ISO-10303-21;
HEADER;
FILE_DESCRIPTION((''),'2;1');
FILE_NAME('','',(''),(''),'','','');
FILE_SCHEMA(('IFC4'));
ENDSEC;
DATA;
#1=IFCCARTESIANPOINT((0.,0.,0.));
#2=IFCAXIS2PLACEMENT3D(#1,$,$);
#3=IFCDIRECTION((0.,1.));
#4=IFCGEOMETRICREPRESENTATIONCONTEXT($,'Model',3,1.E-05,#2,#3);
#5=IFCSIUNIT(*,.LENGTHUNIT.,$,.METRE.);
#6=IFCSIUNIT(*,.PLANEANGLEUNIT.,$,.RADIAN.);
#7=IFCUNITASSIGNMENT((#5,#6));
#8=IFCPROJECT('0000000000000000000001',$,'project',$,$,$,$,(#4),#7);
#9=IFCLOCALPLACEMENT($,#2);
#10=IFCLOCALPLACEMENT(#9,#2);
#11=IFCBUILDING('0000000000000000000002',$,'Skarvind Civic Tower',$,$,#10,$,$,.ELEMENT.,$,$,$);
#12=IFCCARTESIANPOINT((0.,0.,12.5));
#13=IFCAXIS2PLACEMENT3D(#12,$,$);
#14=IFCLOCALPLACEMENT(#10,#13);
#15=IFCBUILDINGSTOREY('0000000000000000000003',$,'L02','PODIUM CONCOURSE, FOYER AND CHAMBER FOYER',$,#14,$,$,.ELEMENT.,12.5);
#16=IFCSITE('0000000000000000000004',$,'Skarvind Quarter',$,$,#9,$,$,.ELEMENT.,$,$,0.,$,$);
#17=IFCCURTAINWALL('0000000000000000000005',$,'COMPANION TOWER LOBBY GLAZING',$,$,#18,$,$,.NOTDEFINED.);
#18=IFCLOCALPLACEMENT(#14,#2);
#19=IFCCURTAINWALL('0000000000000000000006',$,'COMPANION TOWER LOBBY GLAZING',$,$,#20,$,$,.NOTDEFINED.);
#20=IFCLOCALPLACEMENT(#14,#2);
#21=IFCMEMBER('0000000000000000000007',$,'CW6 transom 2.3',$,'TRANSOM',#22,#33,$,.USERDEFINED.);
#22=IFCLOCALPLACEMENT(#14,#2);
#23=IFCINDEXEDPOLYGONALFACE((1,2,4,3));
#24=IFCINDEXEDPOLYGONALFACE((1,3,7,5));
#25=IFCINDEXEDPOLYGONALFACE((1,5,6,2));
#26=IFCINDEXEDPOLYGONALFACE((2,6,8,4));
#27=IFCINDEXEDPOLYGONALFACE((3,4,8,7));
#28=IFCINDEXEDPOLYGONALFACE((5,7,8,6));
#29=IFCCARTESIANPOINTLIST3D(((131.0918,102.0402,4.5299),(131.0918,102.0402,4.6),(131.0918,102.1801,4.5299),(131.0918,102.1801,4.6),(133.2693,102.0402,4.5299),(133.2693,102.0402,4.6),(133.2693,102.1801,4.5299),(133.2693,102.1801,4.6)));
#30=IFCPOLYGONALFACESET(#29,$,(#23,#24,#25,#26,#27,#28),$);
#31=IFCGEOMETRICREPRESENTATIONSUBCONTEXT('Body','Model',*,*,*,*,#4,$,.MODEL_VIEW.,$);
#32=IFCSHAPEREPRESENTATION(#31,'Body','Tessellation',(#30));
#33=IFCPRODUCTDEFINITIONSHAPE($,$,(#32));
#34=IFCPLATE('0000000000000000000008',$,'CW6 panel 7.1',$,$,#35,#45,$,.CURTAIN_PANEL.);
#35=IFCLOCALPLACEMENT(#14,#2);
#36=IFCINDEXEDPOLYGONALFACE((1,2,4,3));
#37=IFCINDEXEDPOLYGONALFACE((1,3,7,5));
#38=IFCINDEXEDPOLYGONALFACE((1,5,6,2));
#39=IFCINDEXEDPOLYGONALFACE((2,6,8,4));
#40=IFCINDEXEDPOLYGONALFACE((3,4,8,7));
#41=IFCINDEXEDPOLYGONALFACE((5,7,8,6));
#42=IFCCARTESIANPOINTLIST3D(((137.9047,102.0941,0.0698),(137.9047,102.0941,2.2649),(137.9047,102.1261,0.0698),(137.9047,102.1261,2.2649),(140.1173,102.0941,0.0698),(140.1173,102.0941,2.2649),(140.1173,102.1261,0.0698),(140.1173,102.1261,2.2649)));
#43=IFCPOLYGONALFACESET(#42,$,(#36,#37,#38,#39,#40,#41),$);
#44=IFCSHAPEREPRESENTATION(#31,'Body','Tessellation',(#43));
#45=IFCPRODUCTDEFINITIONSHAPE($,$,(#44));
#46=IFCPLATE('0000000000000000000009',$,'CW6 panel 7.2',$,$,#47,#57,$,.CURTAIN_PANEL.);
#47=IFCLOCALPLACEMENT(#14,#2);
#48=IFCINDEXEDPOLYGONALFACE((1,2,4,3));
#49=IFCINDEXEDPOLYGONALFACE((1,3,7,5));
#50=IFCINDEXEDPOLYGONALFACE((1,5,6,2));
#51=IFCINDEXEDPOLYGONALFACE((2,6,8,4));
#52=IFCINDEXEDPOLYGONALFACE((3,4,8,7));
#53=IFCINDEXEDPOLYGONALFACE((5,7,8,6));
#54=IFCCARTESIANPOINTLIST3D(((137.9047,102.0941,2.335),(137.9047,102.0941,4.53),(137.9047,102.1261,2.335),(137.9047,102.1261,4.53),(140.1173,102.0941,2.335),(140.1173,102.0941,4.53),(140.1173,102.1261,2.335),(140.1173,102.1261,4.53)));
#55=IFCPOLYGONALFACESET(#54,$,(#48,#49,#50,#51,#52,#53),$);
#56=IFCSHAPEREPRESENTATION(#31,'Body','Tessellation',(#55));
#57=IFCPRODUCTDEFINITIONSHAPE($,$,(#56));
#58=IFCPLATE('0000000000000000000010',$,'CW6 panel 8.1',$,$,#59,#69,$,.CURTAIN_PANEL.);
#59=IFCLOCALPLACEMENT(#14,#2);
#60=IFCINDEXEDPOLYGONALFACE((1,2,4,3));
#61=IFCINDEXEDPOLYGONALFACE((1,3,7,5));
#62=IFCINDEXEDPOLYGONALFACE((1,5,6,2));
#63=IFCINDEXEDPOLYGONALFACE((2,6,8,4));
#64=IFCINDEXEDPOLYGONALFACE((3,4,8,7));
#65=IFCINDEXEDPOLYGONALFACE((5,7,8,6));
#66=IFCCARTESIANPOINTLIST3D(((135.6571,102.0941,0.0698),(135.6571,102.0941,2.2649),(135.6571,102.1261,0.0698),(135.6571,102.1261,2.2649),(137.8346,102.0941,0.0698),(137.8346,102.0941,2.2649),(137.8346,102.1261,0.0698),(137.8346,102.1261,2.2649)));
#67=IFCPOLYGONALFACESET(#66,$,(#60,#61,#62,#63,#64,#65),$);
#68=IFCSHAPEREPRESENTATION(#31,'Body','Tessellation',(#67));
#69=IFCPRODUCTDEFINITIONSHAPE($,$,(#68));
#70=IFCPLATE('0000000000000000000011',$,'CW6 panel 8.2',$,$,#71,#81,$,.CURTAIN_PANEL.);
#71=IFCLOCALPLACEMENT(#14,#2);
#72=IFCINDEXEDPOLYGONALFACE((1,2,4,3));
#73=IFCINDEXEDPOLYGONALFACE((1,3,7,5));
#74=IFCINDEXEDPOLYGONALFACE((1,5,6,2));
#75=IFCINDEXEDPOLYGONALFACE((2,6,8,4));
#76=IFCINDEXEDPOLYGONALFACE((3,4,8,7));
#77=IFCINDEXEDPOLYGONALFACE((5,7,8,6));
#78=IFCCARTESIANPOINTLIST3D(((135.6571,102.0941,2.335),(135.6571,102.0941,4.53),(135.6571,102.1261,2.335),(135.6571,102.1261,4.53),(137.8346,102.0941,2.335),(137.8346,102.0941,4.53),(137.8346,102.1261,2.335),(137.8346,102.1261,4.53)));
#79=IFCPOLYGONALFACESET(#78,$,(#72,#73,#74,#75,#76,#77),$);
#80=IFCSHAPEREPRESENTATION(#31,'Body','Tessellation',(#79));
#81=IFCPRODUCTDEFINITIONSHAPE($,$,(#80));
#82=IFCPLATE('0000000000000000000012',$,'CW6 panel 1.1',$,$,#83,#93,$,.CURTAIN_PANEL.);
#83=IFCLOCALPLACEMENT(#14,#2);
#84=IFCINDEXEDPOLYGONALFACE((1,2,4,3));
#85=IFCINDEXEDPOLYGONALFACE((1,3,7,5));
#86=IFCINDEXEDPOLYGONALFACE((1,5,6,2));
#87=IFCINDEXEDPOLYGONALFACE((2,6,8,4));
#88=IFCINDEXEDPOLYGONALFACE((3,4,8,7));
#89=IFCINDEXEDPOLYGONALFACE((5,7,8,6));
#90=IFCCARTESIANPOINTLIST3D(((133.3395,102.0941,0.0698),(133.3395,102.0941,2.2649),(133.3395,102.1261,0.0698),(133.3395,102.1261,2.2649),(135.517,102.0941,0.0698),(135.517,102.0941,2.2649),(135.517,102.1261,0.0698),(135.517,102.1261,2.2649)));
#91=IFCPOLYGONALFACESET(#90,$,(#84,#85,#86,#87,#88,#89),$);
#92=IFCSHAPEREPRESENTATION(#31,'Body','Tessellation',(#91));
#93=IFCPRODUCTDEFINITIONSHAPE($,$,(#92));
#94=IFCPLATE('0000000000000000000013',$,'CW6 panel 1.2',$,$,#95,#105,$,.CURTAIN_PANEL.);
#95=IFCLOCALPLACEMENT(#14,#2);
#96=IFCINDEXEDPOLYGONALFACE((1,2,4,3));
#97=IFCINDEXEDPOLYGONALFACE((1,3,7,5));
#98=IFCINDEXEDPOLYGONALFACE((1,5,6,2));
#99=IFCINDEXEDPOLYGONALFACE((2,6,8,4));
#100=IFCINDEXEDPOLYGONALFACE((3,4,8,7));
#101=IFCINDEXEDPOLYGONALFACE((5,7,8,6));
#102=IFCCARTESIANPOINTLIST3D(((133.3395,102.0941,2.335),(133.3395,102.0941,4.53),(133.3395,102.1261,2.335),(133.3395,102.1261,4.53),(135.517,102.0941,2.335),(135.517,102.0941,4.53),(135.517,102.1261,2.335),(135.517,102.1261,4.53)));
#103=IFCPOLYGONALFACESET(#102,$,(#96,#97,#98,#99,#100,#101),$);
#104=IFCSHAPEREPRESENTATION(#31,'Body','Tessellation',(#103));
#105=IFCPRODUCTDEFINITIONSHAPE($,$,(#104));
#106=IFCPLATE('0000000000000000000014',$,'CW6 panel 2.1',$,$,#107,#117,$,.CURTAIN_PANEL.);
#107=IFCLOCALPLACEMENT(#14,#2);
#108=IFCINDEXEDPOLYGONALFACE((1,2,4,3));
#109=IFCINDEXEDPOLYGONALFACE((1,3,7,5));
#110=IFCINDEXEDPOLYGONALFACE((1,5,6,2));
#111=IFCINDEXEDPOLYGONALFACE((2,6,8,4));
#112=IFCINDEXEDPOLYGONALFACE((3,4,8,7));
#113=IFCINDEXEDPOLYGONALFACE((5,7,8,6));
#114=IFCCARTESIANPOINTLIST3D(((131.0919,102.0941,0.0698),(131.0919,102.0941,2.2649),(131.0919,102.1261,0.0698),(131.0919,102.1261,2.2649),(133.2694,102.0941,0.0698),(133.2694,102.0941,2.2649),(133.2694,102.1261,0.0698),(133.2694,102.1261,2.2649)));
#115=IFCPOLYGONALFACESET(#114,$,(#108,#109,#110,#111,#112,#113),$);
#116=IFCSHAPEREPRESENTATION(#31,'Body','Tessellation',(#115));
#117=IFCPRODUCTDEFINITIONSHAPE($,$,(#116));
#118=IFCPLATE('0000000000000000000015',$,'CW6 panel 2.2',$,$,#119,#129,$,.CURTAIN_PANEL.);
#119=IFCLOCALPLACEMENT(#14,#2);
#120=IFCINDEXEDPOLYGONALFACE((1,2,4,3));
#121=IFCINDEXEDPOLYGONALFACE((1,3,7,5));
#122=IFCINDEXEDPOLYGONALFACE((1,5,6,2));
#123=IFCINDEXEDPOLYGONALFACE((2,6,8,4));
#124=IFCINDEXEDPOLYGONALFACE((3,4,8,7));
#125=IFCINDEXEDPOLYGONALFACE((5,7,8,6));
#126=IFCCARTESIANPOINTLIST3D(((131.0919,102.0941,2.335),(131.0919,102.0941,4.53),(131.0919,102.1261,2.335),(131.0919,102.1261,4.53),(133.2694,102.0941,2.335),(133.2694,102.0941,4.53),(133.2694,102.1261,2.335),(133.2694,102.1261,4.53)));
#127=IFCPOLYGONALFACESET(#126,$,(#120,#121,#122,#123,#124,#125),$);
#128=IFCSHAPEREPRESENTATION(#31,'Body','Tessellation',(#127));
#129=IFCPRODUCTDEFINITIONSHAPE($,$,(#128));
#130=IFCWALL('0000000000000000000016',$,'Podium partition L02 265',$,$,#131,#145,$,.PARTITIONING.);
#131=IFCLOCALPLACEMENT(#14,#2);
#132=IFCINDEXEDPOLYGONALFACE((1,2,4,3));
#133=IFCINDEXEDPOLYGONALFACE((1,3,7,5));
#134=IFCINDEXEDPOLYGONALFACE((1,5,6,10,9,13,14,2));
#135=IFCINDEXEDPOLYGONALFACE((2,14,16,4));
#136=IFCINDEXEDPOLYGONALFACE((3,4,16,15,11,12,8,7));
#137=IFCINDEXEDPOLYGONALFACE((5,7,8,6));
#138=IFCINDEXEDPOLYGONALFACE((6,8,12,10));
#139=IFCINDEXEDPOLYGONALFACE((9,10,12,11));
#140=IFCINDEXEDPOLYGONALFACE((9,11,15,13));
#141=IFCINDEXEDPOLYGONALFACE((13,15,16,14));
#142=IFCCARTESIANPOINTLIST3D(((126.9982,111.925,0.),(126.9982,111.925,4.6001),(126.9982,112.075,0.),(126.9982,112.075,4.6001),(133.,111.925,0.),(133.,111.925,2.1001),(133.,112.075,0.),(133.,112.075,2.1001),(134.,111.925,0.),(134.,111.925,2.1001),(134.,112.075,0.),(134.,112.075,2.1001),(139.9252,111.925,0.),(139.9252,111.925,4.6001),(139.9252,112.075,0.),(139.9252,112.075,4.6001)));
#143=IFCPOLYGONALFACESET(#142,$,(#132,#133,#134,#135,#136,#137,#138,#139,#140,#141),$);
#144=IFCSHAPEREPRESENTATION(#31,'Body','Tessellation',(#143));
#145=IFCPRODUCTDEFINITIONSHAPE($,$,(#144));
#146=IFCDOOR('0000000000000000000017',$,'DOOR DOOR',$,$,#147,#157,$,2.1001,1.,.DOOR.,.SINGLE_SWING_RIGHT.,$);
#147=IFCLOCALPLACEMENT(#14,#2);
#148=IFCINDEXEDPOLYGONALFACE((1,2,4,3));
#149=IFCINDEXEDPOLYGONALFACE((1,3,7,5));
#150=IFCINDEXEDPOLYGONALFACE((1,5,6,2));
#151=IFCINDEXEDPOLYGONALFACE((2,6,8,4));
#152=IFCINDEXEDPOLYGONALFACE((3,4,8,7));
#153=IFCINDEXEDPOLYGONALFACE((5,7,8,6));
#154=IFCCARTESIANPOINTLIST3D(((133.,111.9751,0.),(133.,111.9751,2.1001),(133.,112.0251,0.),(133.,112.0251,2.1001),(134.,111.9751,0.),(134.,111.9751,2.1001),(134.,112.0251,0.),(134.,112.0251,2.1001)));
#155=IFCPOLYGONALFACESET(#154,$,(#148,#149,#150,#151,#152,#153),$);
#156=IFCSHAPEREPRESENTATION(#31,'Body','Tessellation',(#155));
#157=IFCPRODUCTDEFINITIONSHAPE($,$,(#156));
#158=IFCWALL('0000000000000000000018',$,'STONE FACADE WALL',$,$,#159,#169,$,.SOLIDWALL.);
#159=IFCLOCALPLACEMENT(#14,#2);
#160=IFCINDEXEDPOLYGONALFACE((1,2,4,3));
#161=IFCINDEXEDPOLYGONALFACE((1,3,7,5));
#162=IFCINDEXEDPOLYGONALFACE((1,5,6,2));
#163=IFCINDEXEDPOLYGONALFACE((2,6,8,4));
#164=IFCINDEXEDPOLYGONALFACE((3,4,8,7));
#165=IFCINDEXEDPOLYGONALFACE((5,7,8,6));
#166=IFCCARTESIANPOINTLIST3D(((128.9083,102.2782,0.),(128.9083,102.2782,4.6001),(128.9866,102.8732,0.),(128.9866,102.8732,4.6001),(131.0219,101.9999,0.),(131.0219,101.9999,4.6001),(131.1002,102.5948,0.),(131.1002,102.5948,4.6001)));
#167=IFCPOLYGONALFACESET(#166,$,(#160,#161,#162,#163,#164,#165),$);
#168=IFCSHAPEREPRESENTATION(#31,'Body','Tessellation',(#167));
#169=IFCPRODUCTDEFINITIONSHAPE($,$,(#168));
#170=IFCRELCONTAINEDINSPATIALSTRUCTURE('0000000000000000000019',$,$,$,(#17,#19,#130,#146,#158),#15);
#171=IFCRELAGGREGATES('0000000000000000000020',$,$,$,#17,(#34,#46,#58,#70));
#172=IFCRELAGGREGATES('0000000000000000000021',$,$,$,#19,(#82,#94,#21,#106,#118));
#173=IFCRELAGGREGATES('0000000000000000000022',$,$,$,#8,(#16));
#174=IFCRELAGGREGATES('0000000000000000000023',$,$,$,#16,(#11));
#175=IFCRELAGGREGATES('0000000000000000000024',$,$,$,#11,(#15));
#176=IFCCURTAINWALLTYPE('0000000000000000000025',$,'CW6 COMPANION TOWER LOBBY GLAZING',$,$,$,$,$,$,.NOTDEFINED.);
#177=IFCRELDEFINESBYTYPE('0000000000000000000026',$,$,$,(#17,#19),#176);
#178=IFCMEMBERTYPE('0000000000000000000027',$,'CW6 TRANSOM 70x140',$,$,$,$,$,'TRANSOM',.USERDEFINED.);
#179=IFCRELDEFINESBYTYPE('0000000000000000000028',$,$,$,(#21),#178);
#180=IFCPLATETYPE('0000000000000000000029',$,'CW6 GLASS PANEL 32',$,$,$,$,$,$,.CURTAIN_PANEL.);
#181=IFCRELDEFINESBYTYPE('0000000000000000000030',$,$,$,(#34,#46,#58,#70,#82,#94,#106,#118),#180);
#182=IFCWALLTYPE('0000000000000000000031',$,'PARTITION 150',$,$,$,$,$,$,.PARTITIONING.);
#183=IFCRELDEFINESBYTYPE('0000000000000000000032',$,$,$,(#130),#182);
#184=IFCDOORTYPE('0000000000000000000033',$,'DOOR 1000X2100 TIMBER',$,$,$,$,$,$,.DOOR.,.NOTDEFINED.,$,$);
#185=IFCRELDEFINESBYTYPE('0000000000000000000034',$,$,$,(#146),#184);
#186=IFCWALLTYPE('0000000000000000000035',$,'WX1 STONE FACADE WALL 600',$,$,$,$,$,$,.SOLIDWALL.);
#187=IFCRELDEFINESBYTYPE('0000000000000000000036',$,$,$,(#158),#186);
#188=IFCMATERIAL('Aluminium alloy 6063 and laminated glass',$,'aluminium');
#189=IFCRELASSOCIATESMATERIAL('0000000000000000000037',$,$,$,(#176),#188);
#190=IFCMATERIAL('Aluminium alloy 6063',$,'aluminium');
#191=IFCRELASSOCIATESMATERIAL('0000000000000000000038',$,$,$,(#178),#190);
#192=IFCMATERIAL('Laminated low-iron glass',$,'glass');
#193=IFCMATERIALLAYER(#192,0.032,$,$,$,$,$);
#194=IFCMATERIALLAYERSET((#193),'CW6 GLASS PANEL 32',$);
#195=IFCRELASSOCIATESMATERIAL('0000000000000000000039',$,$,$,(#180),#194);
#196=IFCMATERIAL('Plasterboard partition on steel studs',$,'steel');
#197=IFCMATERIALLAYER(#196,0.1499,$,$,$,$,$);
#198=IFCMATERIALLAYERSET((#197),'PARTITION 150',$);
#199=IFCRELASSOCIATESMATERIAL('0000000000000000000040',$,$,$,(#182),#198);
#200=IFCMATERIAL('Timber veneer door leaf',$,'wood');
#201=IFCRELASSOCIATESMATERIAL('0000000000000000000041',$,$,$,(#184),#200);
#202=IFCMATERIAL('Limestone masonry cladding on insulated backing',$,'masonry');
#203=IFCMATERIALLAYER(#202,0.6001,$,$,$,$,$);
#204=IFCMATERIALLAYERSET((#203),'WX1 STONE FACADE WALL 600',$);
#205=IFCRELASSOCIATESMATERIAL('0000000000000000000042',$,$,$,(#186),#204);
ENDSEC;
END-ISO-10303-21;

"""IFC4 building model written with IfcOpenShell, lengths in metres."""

from ifc_helpers import new_model, si_unit, direction, frame, frame_2d, origin, origin_2d, place, context, subcontext, project, spatial, rectangle, extrude, material, layer, layer_set, material_profile, profile_set, type_object, element, fill, aggregate, save


model = new_model("IFC4")

# Units and contexts
model_context = context("Model", 3, precision=1e-05, world=origin(), true_north=direction((0.0, 1.0)))
body_context = subcontext(model_context, "Body", "Model", "MODEL_VIEW")
ifc_project = project(units=[si_unit("LENGTHUNIT", "METRE"), si_unit("PLANEANGLEUNIT", "RADIAN")], contexts=[model_context])

# Site, building, storey
site_placement = place(None, origin())
site = spatial("IfcSite", under=ifc_project, at=site_placement, Name="Skarvind Quarter", CompositionType="ELEMENT", RefElevation=0.0)
building_placement = place(site_placement, origin())
building = spatial("IfcBuilding", under=site, at=building_placement, Name="Skarvind Civic Tower", CompositionType="ELEMENT")
storey_placement = place(building_placement, frame((0.0, 0.0, 12.5)))
storey = spatial("IfcBuildingStorey", under=building, at=storey_placement, Name="L02", Description="PODIUM CONCOURSE, FOYER AND CHAMBER FOYER", CompositionType="ELEMENT", Elevation=12.5)

# Curtain walls
ifc_material_1 = material(Name="Aluminium alloy 6063 and laminated glass", Category="aluminium")
curtain_wall_type = type_object("IfcCurtainWallType", Name="CW6 COMPANION TOWER LOBBY GLAZING", PredefinedType="NOTDEFINED", material=ifc_material_1)
curtain_wall_1_placement = place(storey_placement, origin())
curtain_wall_1 = element("IfcCurtainWall", 1, at=curtain_wall_1_placement, inside=storey, type_object=curtain_wall_type, Name="COMPANION TOWER LOBBY GLAZING", PredefinedType="NOTDEFINED")
ifc_material_2 = material(Name="Aluminium alloy 6063", Category="aluminium")
curtain_wall_2_placement = place(storey_placement, origin())
curtain_wall_2 = element("IfcCurtainWall", 2, at=curtain_wall_2_placement, inside=storey, type_object=curtain_wall_type, Name="COMPANION TOWER LOBBY GLAZING", PredefinedType="NOTDEFINED")

# Member
ifc_material_profile_1 = material_profile(ifc_material_2, rectangle(XDim=0.1399, YDim=0.0701, at=origin_2d()), Name="AL 70x140")
ifc_profile_set_1 = profile_set([ifc_material_profile_1], Name="Aluminium alloy 6063")
member_type_1 = type_object("IfcMemberType", Name="CW6 TRANSOM 70x140", ElementType="TRANSOM", PredefinedType="USERDEFINED", material=ifc_profile_set_1)
member_1_placement = place(storey_placement, frame((133.2693, 102.1101, 4.5649), z_axis=(-1.0, 0.0, 0.0), x_axis=(0.0, -1.0, 0.0)))
member_1 = element("IfcMember", 3, at=member_1_placement, type_object=member_type_1, Name="CW6 transom 2.3", ObjectType="TRANSOM", PredefinedType="USERDEFINED", context=body_context, shape_type="SweptSolid", body=[
    extrude(rectangle(XDim=0.1399, YDim=0.0701, at=origin_2d()), origin(), (0.0, 0.0, 1.0), 2.1775),
])

# Plates
ifc_material_3 = material(Name="Laminated low-iron glass", Category="glass")
ifc_layer_1 = layer(ifc_material_3, 0.032)
ifc_layer_set_1 = layer_set([ifc_layer_1], Name="CW6 GLASS PANEL 32")
plate_type = type_object("IfcPlateType", Name="CW6 GLASS PANEL 32", PredefinedType="CURTAIN_PANEL", material=ifc_layer_set_1)
plate_1_placement = place(storey_placement, frame((139.011, 102.1101, 0.0698), z_axis=(0.0, 0.0, 1.0), x_axis=(-1.0, 0.0, 0.0)))
plate_1 = element("IfcPlate", 4, at=plate_1_placement, type_object=plate_type, Name="CW6 panel 7.1", PredefinedType="CURTAIN_PANEL", context=body_context, shape_type="SweptSolid", body=[
    extrude(rectangle(XDim=2.2126, YDim=0.032, at=origin_2d()), origin(), (0.0, 0.0, 1.0), 2.1951),
])
plate_2_placement = place(storey_placement, frame((139.011, 102.1101, 2.335), z_axis=(0.0, 0.0, 1.0), x_axis=(-1.0, 0.0, 0.0)))
plate_2 = element("IfcPlate", 5, at=plate_2_placement, type_object=plate_type, Name="CW6 panel 7.2", PredefinedType="CURTAIN_PANEL", context=body_context, shape_type="SweptSolid", body=[
    extrude(rectangle(XDim=2.2126, YDim=0.032, at=origin_2d()), origin(), (0.0, 0.0, 1.0), 2.1951),
])
plate_3_placement = place(storey_placement, frame((136.7458, 102.1101, 0.0698), z_axis=(0.0, 0.0, 1.0), x_axis=(-1.0, 0.0, 0.0)))
plate_3 = element("IfcPlate", 6, at=plate_3_placement, type_object=plate_type, Name="CW6 panel 8.1", PredefinedType="CURTAIN_PANEL", context=body_context, shape_type="SweptSolid", body=[
    extrude(rectangle(XDim=2.1775, YDim=0.032, at=origin_2d()), origin(), (0.0, 0.0, 1.0), 2.1951),
])
plate_4_placement = place(storey_placement, frame((136.7458, 102.1101, 2.335), z_axis=(0.0, 0.0, 1.0), x_axis=(-1.0, 0.0, 0.0)))
plate_4 = element("IfcPlate", 7, at=plate_4_placement, type_object=plate_type, Name="CW6 panel 8.2", PredefinedType="CURTAIN_PANEL", context=body_context, shape_type="SweptSolid", body=[
    extrude(rectangle(XDim=2.1775, YDim=0.032, at=origin_2d()), origin(), (0.0, 0.0, 1.0), 2.1951),
])
aggregate(curtain_wall_1, [plate_1, plate_2, plate_3, plate_4])
plate_5_placement = place(storey_placement, frame((134.4282, 102.1101, 0.0698), z_axis=(0.0, 0.0, 1.0), x_axis=(-1.0, 0.0, 0.0)))
plate_5 = element("IfcPlate", 8, at=plate_5_placement, type_object=plate_type, Name="CW6 panel 1.1", PredefinedType="CURTAIN_PANEL", context=body_context, shape_type="SweptSolid", body=[
    extrude(rectangle(XDim=2.1775, YDim=0.032, at=origin_2d()), origin(), (0.0, 0.0, 1.0), 2.1951),
])
plate_6_placement = place(storey_placement, frame((134.4282, 102.1101, 2.335), z_axis=(0.0, 0.0, 1.0), x_axis=(-1.0, 0.0, 0.0)))
plate_6 = element("IfcPlate", 9, at=plate_6_placement, type_object=plate_type, Name="CW6 panel 1.2", PredefinedType="CURTAIN_PANEL", context=body_context, shape_type="SweptSolid", body=[
    extrude(rectangle(XDim=2.1775, YDim=0.032, at=origin_2d()), origin(), (0.0, 0.0, 1.0), 2.1951),
])
plate_7_placement = place(storey_placement, frame((132.1807, 102.1101, 0.0698), z_axis=(0.0, 0.0, 1.0), x_axis=(-1.0, 0.0, 0.0)))
plate_7 = element("IfcPlate", 10, at=plate_7_placement, type_object=plate_type, Name="CW6 panel 2.1", PredefinedType="CURTAIN_PANEL", context=body_context, shape_type="SweptSolid", body=[
    extrude(rectangle(XDim=2.1775, YDim=0.032, at=origin_2d()), origin(), (0.0, 0.0, 1.0), 2.1951),
])
plate_8_placement = place(storey_placement, frame((132.1807, 102.1101, 2.335), z_axis=(0.0, 0.0, 1.0), x_axis=(-1.0, 0.0, 0.0)))
plate_8 = element("IfcPlate", 11, at=plate_8_placement, type_object=plate_type, Name="CW6 panel 2.2", PredefinedType="CURTAIN_PANEL", context=body_context, shape_type="SweptSolid", body=[
    extrude(rectangle(XDim=2.1775, YDim=0.032, at=origin_2d()), origin(), (0.0, 0.0, 1.0), 2.1951),
])
aggregate(curtain_wall_2, [plate_5, plate_6, member_1, plate_7, plate_8])

# Wall, opening, door
ifc_material_4 = material(Name="Plasterboard partition on steel studs", Category="steel")
ifc_layer_2 = layer(ifc_material_4, 0.1499)
ifc_layer_set_2 = layer_set([ifc_layer_2], Name="PARTITION 150")
wall_type_1 = type_object("IfcWallType", Name="PARTITION 150", PredefinedType="PARTITIONING", material=ifc_layer_set_2)
wall_1_placement = place(storey_placement, frame((139.925, 112.0, 0.0), z_axis=(0.0, 0.0, 1.0), x_axis=(-1.0, 0.0, 0.0)))
wall_1 = element("IfcWall", 12, at=wall_1_placement, inside=storey, type_object=wall_type_1, Name="Podium partition L02 265", PredefinedType="PARTITIONING", context=body_context, shape_type="SweptSolid", body=[
    extrude(rectangle(XDim=12.927, YDim=0.1499, at=frame_2d((6.4634, 0.0))), origin(), (0.0, 0.0, 1.0), 4.6001),
])
opening_placement = place(wall_1_placement, frame((5.925, 0.0, 0.0)))
opening = element("IfcOpeningElement", 13, at=opening_placement, cuts=wall_1, PredefinedType="OPENING", context=body_context, shape_type="SweptSolid", body=[
    extrude(rectangle(XDim=1.0, YDim=2.1001, at=frame_2d((0.5, 1.05))), frame((0.0, 0.085, 0.0), z_axis=(0.0, -1.0, 0.0), x_axis=(1.0, 0.0, 0.0)), (0.0, 0.0, 1.0), 0.1699),
])
ifc_material_5 = material(Name="Timber veneer door leaf", Category="wood")
door_type = type_object("IfcDoorType", Name="DOOR 1000X2100 TIMBER", OperationType="NOTDEFINED", PredefinedType="DOOR", material=ifc_material_5)
door_placement = place(opening_placement, origin())
door = element("IfcDoor", 14, at=door_placement, inside=storey, type_object=door_type, Name="DOOR DOOR", OperationType="SINGLE_SWING_RIGHT", OverallHeight=2.1001, OverallWidth=1.0, PredefinedType="DOOR", context=body_context, shape_type="SweptSolid", body=[
    extrude(rectangle(XDim=1.0, YDim=2.1001, at=frame_2d((0.5, 1.05))), frame((0.0, 0.0249, 0.0), z_axis=(0.0, -1.0, 0.0), x_axis=(1.0, 0.0, 0.0)), (0.0, 0.0, 1.0), 0.05),
])
fill(opening, door)

# Wall
ifc_material_6 = material(Name="Limestone masonry cladding on insulated backing", Category="masonry")
ifc_layer_3 = layer(ifc_material_6, 0.6001)
ifc_layer_set_3 = layer_set([ifc_layer_3], Name="WX1 STONE FACADE WALL 600")
wall_type_2 = type_object("IfcWallType", Name="WX1 STONE FACADE WALL 600", PredefinedType="SOLIDWALL", material=ifc_layer_set_3)
wall_2_placement = place(storey_placement, frame((131.061, 102.2974, 0.0), z_axis=(0.0, 0.0, 1.0), x_axis=(-0.991441, 0.130558, 0.0)))
element("IfcWall", 15, at=wall_2_placement, inside=storey, type_object=wall_type_2, Name="STONE FACADE WALL", PredefinedType="SOLIDWALL", context=body_context, shape_type="SweptSolid", body=[
    extrude(rectangle(XDim=2.1318, YDim=0.6001, at=frame_2d((1.0659, 0.0))), origin(), (0.0, 0.0, 1.0), 4.6001),
])

save(model, "model.ifc")
